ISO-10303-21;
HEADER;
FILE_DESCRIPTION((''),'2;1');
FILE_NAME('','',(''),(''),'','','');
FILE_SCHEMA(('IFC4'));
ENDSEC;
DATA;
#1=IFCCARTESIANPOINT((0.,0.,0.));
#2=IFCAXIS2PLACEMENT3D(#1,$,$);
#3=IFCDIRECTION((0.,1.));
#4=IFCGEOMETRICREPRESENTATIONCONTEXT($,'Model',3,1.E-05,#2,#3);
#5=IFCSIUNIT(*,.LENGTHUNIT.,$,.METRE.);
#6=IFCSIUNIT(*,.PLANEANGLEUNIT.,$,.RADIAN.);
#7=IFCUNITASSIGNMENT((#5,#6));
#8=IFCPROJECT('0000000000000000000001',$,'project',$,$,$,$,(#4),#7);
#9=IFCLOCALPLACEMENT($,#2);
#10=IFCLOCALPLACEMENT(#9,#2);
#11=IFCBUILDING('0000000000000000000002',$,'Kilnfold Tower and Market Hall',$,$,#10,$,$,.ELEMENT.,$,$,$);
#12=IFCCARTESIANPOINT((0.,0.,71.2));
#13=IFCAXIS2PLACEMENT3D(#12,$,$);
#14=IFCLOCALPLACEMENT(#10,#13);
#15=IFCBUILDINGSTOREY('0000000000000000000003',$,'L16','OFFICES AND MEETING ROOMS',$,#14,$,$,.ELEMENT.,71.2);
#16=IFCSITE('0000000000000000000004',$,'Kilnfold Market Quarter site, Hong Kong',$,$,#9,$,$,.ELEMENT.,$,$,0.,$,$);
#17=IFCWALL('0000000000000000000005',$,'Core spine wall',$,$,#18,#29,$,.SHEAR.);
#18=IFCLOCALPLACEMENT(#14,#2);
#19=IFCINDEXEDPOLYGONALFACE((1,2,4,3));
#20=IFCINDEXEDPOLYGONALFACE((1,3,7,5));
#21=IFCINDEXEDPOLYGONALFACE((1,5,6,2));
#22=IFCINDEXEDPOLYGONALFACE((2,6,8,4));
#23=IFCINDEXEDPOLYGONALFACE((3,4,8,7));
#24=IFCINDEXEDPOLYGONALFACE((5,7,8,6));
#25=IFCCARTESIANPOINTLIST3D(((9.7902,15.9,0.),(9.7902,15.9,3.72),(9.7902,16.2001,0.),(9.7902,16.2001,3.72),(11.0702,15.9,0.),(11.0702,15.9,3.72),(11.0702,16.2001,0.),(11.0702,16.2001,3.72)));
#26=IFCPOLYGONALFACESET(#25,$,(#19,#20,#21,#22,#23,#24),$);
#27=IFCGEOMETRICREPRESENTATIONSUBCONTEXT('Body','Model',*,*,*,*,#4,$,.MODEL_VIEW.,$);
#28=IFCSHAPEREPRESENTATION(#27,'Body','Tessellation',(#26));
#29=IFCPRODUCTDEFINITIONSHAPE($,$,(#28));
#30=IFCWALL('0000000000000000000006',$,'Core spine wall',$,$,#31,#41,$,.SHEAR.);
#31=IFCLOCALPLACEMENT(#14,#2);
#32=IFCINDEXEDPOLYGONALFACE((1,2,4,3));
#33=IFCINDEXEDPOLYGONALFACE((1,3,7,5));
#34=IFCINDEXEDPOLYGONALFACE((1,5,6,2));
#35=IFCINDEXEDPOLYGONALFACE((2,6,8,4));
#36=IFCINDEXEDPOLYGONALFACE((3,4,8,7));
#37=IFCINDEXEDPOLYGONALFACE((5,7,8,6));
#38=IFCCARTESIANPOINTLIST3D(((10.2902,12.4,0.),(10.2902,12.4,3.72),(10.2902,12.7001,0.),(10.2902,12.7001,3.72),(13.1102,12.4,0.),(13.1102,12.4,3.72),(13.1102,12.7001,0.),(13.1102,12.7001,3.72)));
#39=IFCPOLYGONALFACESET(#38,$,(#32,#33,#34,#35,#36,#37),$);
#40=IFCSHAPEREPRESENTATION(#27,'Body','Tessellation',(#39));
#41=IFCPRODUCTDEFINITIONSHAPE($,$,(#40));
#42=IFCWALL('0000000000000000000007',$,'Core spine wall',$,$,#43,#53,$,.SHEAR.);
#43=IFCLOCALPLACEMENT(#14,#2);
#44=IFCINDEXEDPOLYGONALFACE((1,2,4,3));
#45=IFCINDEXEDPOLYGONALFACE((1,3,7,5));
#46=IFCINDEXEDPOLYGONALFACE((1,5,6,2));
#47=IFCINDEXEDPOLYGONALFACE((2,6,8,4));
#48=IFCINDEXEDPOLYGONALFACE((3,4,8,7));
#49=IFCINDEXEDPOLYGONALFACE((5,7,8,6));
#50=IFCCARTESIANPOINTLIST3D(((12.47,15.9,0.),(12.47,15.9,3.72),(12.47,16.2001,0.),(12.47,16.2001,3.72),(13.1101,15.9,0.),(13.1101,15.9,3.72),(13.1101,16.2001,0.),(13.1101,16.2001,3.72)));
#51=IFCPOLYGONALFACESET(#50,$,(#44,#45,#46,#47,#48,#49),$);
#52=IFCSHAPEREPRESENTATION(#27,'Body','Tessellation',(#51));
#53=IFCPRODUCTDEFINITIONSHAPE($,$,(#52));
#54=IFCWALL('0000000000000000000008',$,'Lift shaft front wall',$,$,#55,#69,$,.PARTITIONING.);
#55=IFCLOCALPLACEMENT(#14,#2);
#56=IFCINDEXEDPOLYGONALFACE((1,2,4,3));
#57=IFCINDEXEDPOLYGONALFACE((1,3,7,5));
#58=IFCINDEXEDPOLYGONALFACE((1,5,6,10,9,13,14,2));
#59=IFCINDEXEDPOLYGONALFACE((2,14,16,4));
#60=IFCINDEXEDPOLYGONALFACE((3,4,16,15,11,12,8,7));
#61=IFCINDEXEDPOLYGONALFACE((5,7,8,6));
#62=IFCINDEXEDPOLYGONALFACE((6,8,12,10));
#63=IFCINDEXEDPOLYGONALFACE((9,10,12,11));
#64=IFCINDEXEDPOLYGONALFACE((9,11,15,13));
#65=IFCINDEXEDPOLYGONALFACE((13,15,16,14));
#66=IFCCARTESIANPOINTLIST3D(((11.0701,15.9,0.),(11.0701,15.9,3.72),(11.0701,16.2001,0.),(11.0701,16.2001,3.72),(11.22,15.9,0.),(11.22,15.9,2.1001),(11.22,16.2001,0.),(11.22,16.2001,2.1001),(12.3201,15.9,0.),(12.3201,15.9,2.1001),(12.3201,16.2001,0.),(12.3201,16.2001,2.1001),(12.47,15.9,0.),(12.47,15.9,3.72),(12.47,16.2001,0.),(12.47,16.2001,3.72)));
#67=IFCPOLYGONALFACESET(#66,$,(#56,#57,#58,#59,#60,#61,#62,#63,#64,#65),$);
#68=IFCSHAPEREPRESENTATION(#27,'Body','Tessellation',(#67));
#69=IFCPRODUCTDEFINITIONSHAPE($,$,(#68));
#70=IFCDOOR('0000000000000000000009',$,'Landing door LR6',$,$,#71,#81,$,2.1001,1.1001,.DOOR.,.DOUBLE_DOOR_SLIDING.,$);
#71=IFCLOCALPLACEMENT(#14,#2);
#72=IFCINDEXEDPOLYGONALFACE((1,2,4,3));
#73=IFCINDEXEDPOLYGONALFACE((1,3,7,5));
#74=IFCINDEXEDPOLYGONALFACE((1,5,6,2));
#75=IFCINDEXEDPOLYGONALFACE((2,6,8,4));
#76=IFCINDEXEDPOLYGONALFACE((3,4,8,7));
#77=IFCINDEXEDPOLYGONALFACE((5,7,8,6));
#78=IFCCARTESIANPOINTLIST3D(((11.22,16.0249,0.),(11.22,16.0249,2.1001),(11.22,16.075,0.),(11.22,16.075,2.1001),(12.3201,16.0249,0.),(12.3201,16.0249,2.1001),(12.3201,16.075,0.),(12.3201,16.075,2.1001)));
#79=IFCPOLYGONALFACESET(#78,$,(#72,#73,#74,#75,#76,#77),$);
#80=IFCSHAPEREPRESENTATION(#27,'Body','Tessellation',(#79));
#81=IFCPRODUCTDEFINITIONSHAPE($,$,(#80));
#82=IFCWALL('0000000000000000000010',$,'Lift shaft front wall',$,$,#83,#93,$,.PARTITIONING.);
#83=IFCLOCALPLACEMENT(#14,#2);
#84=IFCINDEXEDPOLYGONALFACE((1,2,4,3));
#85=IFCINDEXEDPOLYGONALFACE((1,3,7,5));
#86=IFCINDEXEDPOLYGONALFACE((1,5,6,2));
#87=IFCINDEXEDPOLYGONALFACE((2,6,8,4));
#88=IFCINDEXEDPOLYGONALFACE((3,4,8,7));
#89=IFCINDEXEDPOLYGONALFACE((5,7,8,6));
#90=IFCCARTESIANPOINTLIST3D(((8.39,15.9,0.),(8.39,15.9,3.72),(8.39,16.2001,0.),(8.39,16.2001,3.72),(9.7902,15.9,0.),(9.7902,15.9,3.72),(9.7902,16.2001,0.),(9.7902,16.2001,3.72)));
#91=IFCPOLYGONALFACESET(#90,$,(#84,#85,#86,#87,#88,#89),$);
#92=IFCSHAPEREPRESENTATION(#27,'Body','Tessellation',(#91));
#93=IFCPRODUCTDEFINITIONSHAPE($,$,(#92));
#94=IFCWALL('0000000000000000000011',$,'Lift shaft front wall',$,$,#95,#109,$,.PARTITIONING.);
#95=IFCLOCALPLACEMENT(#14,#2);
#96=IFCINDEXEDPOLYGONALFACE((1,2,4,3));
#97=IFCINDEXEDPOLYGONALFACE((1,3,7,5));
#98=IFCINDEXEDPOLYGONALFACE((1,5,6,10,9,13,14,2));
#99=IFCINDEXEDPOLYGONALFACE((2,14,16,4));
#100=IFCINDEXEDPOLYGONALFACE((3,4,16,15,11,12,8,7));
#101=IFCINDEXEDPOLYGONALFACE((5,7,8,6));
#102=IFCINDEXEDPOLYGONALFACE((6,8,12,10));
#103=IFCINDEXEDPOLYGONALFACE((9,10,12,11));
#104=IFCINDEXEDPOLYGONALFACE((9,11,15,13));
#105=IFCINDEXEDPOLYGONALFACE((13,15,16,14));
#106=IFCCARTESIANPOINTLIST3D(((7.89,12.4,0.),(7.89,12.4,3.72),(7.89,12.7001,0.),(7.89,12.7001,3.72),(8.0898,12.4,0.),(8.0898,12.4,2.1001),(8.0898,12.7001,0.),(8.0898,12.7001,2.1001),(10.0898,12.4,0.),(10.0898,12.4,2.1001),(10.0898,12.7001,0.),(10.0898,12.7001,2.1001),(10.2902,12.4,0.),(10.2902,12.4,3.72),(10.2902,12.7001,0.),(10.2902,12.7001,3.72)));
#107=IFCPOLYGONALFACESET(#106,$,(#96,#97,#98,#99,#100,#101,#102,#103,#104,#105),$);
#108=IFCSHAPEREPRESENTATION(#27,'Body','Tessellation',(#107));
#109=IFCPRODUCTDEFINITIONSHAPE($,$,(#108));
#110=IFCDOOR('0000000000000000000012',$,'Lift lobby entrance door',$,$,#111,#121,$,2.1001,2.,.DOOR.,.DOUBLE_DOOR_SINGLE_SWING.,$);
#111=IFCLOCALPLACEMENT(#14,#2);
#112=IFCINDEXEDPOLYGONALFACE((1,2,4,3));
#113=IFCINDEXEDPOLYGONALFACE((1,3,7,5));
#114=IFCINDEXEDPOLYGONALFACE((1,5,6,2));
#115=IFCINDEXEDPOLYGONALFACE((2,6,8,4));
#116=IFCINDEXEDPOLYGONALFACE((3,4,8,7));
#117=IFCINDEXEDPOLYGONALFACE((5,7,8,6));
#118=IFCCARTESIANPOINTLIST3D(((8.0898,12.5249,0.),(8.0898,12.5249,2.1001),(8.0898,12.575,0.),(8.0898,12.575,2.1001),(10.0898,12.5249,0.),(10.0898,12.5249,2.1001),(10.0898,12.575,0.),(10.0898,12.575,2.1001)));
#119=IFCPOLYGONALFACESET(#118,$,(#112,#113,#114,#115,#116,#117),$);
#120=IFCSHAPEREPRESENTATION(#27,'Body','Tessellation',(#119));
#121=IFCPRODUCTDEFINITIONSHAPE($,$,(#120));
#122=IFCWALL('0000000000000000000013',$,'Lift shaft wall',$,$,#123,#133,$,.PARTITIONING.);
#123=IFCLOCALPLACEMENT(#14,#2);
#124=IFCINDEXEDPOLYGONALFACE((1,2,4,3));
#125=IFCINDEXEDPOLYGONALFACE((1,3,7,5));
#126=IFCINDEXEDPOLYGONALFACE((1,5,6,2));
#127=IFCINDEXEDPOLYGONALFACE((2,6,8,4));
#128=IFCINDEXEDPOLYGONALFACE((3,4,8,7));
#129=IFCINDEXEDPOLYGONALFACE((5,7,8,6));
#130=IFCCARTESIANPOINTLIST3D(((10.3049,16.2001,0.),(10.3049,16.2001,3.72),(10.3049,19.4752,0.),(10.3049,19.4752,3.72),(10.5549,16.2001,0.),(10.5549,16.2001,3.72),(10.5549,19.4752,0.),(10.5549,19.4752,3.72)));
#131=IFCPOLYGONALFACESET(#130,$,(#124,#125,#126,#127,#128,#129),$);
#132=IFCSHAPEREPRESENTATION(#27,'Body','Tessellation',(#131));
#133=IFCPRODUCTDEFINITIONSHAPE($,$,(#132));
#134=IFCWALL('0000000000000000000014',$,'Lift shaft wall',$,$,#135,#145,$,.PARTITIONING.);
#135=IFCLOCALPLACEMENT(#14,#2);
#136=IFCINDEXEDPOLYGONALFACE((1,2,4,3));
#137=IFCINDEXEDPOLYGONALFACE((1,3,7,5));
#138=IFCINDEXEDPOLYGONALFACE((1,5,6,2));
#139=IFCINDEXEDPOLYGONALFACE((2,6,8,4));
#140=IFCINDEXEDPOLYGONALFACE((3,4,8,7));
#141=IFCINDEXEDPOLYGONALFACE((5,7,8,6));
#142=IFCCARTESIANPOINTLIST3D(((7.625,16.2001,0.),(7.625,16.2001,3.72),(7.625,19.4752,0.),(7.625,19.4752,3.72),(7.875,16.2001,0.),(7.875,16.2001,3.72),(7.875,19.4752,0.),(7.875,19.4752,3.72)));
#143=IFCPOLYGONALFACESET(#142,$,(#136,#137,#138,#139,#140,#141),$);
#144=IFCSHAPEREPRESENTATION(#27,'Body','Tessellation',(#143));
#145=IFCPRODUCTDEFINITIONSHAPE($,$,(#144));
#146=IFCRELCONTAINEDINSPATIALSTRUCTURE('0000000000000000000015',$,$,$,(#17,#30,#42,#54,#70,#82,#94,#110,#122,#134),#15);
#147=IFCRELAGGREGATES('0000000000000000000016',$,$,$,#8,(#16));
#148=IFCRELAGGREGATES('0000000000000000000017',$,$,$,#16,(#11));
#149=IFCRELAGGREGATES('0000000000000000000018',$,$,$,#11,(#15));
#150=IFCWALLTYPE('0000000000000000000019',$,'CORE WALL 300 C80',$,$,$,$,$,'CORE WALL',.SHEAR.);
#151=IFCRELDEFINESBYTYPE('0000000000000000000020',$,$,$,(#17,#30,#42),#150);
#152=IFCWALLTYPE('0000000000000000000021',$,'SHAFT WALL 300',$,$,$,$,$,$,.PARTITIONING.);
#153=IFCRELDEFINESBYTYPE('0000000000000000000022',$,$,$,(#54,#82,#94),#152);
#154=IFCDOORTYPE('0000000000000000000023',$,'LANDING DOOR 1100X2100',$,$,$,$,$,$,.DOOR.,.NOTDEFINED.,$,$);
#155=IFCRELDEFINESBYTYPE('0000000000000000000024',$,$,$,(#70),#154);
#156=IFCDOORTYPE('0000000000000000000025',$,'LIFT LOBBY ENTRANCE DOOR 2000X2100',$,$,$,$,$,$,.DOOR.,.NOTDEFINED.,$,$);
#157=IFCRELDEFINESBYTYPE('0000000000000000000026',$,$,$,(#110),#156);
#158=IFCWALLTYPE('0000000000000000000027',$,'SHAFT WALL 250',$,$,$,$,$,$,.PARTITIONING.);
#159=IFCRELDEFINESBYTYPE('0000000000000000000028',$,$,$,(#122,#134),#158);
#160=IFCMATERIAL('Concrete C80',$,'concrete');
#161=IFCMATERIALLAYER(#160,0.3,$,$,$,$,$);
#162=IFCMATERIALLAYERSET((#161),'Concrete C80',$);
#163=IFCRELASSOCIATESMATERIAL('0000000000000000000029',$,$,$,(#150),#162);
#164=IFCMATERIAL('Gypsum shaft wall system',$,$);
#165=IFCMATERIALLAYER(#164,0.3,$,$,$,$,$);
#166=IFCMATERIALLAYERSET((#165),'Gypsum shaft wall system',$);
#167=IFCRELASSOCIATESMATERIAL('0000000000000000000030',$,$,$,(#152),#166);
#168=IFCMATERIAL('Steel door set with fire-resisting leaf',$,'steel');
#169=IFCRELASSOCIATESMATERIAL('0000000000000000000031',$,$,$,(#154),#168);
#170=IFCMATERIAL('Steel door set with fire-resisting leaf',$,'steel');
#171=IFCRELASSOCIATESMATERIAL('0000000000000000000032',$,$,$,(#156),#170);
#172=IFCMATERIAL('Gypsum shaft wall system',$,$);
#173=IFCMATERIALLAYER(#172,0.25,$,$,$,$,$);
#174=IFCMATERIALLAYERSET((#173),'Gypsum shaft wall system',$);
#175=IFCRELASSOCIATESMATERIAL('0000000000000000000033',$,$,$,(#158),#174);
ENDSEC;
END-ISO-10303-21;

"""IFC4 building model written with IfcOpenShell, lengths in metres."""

from ifc_helpers import new_model, si_unit, direction, frame, frame_2d, origin, place, context, subcontext, project, spatial, rectangle, extrude, source, transform, mapped, material, layer, layer_set, type_object, element, fill, save


model = new_model("IFC4")

# Units and contexts
model_context = context("Model", 3, precision=1e-05, world=origin(), true_north=direction((0.0, 1.0)))
body_context = subcontext(model_context, "Body", "Model", "MODEL_VIEW")
ifc_project = project(units=[si_unit("LENGTHUNIT", "METRE"), si_unit("PLANEANGLEUNIT", "RADIAN")], contexts=[model_context])

# Site, building, storey
site_placement = place(None, origin())
site = spatial("IfcSite", under=ifc_project, at=site_placement, Name="Kilnfold Market Quarter site, Hong Kong", CompositionType="ELEMENT", RefElevation=0.0)
building_placement = place(site_placement, origin())
building = spatial("IfcBuilding", under=site, at=building_placement, Name="Kilnfold Tower and Market Hall", CompositionType="ELEMENT")
storey_placement = place(building_placement, frame((0.0, 0.0, 71.2)))
storey = spatial("IfcBuildingStorey", under=building, at=storey_placement, Name="L16", Description="OFFICES AND MEETING ROOMS", CompositionType="ELEMENT", Elevation=71.2)

# Walls
ifc_material_1 = material(Name="Concrete C80", Category="concrete")
ifc_layer_1 = layer(ifc_material_1, 0.3)
ifc_layer_set_1 = layer_set([ifc_layer_1], Name="Concrete C80")
wall_type_1 = type_object("IfcWallType", Name="CORE WALL 300 C80", ElementType="CORE WALL", PredefinedType="SHEAR", material=ifc_layer_set_1)
shared_shape_1 = source(origin(), body_context, "Body", "SweptSolid", [
    extrude(rectangle(XDim=1.28, YDim=0.3, at=frame_2d((0.6401, 0.0))), origin(), (0.0, 0.0, 1.0), 3.72),
])
wall_1_placement = place(storey_placement, frame((9.79, 16.05, 0.0), z_axis=(0.0, 0.0, 1.0), x_axis=(1.0, 0.0, 0.0)))
element("IfcWall", 1, at=wall_1_placement, inside=storey, type_object=wall_type_1, Name="Core spine wall", PredefinedType="SHEAR", context=body_context, shape_type="MappedRepresentation", body=[
    mapped(shared_shape_1, transform((0.0, 0.0, 0.0))),
])
shared_shape_2 = source(origin(), body_context, "Body", "SweptSolid", [
    extrude(rectangle(XDim=2.8201, YDim=0.3, at=frame_2d((1.4102, 0.0))), origin(), (0.0, 0.0, 1.0), 3.72),
])
wall_2_placement = place(storey_placement, frame((10.29, 12.55, 0.0), z_axis=(0.0, 0.0, 1.0), x_axis=(1.0, 0.0, 0.0)))
element("IfcWall", 2, at=wall_2_placement, inside=storey, type_object=wall_type_1, Name="Core spine wall", PredefinedType="SHEAR", context=body_context, shape_type="MappedRepresentation", body=[
    mapped(shared_shape_2, transform((0.0, 0.0, 0.0))),
])
shared_shape_3 = source(origin(), body_context, "Body", "SweptSolid", [
    extrude(rectangle(XDim=0.6401, YDim=0.3, at=frame_2d((0.3201, 0.0))), origin(), (0.0, 0.0, 1.0), 3.72),
])
wall_3_placement = place(storey_placement, frame((12.47, 16.05, 0.0), z_axis=(0.0, 0.0, 1.0), x_axis=(1.0, 0.0, 0.0)))
element("IfcWall", 3, at=wall_3_placement, inside=storey, type_object=wall_type_1, Name="Core spine wall", PredefinedType="SHEAR", context=body_context, shape_type="MappedRepresentation", body=[
    mapped(shared_shape_3, transform((0.0, 0.0, 0.0))),
])

# Wall, opening, door
ifc_material_2 = material(Name="Gypsum shaft wall system")
ifc_layer_2 = layer(ifc_material_2, 0.3)
ifc_layer_set_2 = layer_set([ifc_layer_2], Name="Gypsum shaft wall system")
wall_type_2 = type_object("IfcWallType", Name="SHAFT WALL 300", PredefinedType="PARTITIONING", material=ifc_layer_set_2)
shared_shape_4 = source(origin(), body_context, "Body", "SweptSolid", [
    extrude(rectangle(XDim=1.3999, YDim=0.3, at=frame_2d((0.7, 0.0))), origin(), (0.0, 0.0, 1.0), 3.72),
])
wall_4_placement = place(storey_placement, frame((11.0701, 16.05, 0.0), z_axis=(0.0, 0.0, 1.0), x_axis=(1.0, 0.0, 0.0)))
wall_4 = element("IfcWall", 4, at=wall_4_placement, inside=storey, type_object=wall_type_2, Name="Lift shaft front wall", PredefinedType="PARTITIONING", context=body_context, shape_type="MappedRepresentation", body=[
    mapped(shared_shape_4, transform((0.0, 0.0, 0.0))),
])
opening_1_placement = place(wall_4_placement, frame((0.1499, 0.0, 0.0)))
opening_1 = element("IfcOpeningElement", 5, at=opening_1_placement, cuts=wall_4, PredefinedType="OPENING", context=body_context, shape_type="SweptSolid", body=[
    extrude(rectangle(XDim=1.1001, YDim=2.1001, at=frame_2d((0.55, 1.05))), frame((0.0, 0.1602, 0.0), z_axis=(0.0, -1.0, 0.0), x_axis=(1.0, 0.0, 0.0)), (0.0, 0.0, 1.0), 0.3201),
])
ifc_material_3 = material(Name="Steel door set with fire-resisting leaf", Category="steel")
door_type_1 = type_object("IfcDoorType", Name="LANDING DOOR 1100X2100", OperationType="NOTDEFINED", PredefinedType="DOOR", material=ifc_material_3)
door_1_placement = place(opening_1_placement, origin())
door_1 = element("IfcDoor", 6, at=door_1_placement, inside=storey, type_object=door_type_1, Name="Landing door LR6", OperationType="DOUBLE_DOOR_SLIDING", OverallHeight=2.1001, OverallWidth=1.1001, PredefinedType="DOOR", context=body_context, shape_type="SweptSolid", body=[
    extrude(rectangle(XDim=1.1001, YDim=2.1001, at=frame_2d((0.55, 1.05))), frame((0.0, 0.0249, 0.0), z_axis=(0.0, -1.0, 0.0), x_axis=(1.0, 0.0, 0.0)), (0.0, 0.0, 1.0), 0.05),
])
fill(opening_1, door_1)

# Wall
shared_shape_5 = source(origin(), body_context, "Body", "SweptSolid", [
    extrude(rectangle(XDim=1.4001, YDim=0.3, at=frame_2d((0.7002, 0.0))), origin(), (0.0, 0.0, 1.0), 3.72),
])
wall_5_placement = place(storey_placement, frame((8.3899, 16.05, 0.0), z_axis=(0.0, 0.0, 1.0), x_axis=(1.0, 0.0, 0.0)))
element("IfcWall", 7, at=wall_5_placement, inside=storey, type_object=wall_type_2, Name="Lift shaft front wall", PredefinedType="PARTITIONING", context=body_context, shape_type="MappedRepresentation", body=[
    mapped(shared_shape_5, transform((0.0, 0.0, 0.0))),
])

# Wall, opening, door
shared_shape_6 = source(origin(), body_context, "Body", "SweptSolid", [
    extrude(rectangle(XDim=2.4001, YDim=0.3, at=frame_2d((1.2002, 0.0))), origin(), (0.0, 0.0, 1.0), 3.72),
])
wall_6_placement = place(storey_placement, frame((7.8899, 12.55, 0.0), z_axis=(0.0, 0.0, 1.0), x_axis=(1.0, 0.0, 0.0)))
wall_6 = element("IfcWall", 8, at=wall_6_placement, inside=storey, type_object=wall_type_2, Name="Lift shaft front wall", PredefinedType="PARTITIONING", context=body_context, shape_type="MappedRepresentation", body=[
    mapped(shared_shape_6, transform((0.0, 0.0, 0.0))),
])
opening_2_placement = place(wall_6_placement, frame((0.2, 0.0, 0.0)))
opening_2 = element("IfcOpeningElement", 9, at=opening_2_placement, cuts=wall_6, PredefinedType="OPENING", context=body_context, shape_type="SweptSolid", body=[
    extrude(rectangle(XDim=2.0, YDim=2.1001, at=frame_2d((1.0, 1.05))), frame((0.0, 0.1602, 0.0), z_axis=(0.0, -1.0, 0.0), x_axis=(1.0, 0.0, 0.0)), (0.0, 0.0, 1.0), 0.3201),
])
ifc_material_4 = material(Name="Steel door set with fire-resisting leaf", Category="steel")
door_type_2 = type_object("IfcDoorType", Name="LIFT LOBBY ENTRANCE DOOR 2000X2100", OperationType="NOTDEFINED", PredefinedType="DOOR", material=ifc_material_4)
door_2_placement = place(opening_2_placement, origin())
door_2 = element("IfcDoor", 10, at=door_2_placement, inside=storey, type_object=door_type_2, Name="Lift lobby entrance door", OperationType="DOUBLE_DOOR_SINGLE_SWING", OverallHeight=2.1001, OverallWidth=2.0, PredefinedType="DOOR", context=body_context, shape_type="SweptSolid", body=[
    extrude(rectangle(XDim=2.0, YDim=2.1001, at=frame_2d((1.0, 1.05))), frame((0.0, 0.0249, 0.0), z_axis=(0.0, -1.0, 0.0), x_axis=(1.0, 0.0, 0.0)), (0.0, 0.0, 1.0), 0.05),
])
fill(opening_2, door_2)

# Walls
ifc_material_5 = material(Name="Gypsum shaft wall system")
ifc_layer_3 = layer(ifc_material_5, 0.25)
ifc_layer_set_3 = layer_set([ifc_layer_3], Name="Gypsum shaft wall system")
wall_type_3 = type_object("IfcWallType", Name="SHAFT WALL 250", PredefinedType="PARTITIONING", material=ifc_layer_set_3)
shared_shape_7 = source(origin(), body_context, "Body", "SweptSolid", [
    extrude(rectangle(XDim=3.2751, YDim=0.25, at=frame_2d((1.6377, 0.0))), origin(), (0.0, 0.0, 1.0), 3.72),
])
for number, where, z_axis, x_axis, name in (
    (11, (10.4299, 16.2, 0.0), (0.0, 0.0, 1.0), (0.0, 1.0, 0.0), "Lift shaft wall"),
    (12, (7.75, 16.2, 0.0), (0.0, 0.0, 1.0), (0.0, 1.0, 0.0), "Lift shaft wall"),
):
    element("IfcWall", number, at=place(storey_placement, frame(where, z_axis=z_axis, x_axis=x_axis)), inside=storey, type_object=wall_type_3, Name=name, PredefinedType="PARTITIONING", context=body_context, shape_type="MappedRepresentation", body=[
        mapped(shared_shape_7, transform((0.0, 0.0, 0.0))),
    ])

save(model, "model.ifc")
